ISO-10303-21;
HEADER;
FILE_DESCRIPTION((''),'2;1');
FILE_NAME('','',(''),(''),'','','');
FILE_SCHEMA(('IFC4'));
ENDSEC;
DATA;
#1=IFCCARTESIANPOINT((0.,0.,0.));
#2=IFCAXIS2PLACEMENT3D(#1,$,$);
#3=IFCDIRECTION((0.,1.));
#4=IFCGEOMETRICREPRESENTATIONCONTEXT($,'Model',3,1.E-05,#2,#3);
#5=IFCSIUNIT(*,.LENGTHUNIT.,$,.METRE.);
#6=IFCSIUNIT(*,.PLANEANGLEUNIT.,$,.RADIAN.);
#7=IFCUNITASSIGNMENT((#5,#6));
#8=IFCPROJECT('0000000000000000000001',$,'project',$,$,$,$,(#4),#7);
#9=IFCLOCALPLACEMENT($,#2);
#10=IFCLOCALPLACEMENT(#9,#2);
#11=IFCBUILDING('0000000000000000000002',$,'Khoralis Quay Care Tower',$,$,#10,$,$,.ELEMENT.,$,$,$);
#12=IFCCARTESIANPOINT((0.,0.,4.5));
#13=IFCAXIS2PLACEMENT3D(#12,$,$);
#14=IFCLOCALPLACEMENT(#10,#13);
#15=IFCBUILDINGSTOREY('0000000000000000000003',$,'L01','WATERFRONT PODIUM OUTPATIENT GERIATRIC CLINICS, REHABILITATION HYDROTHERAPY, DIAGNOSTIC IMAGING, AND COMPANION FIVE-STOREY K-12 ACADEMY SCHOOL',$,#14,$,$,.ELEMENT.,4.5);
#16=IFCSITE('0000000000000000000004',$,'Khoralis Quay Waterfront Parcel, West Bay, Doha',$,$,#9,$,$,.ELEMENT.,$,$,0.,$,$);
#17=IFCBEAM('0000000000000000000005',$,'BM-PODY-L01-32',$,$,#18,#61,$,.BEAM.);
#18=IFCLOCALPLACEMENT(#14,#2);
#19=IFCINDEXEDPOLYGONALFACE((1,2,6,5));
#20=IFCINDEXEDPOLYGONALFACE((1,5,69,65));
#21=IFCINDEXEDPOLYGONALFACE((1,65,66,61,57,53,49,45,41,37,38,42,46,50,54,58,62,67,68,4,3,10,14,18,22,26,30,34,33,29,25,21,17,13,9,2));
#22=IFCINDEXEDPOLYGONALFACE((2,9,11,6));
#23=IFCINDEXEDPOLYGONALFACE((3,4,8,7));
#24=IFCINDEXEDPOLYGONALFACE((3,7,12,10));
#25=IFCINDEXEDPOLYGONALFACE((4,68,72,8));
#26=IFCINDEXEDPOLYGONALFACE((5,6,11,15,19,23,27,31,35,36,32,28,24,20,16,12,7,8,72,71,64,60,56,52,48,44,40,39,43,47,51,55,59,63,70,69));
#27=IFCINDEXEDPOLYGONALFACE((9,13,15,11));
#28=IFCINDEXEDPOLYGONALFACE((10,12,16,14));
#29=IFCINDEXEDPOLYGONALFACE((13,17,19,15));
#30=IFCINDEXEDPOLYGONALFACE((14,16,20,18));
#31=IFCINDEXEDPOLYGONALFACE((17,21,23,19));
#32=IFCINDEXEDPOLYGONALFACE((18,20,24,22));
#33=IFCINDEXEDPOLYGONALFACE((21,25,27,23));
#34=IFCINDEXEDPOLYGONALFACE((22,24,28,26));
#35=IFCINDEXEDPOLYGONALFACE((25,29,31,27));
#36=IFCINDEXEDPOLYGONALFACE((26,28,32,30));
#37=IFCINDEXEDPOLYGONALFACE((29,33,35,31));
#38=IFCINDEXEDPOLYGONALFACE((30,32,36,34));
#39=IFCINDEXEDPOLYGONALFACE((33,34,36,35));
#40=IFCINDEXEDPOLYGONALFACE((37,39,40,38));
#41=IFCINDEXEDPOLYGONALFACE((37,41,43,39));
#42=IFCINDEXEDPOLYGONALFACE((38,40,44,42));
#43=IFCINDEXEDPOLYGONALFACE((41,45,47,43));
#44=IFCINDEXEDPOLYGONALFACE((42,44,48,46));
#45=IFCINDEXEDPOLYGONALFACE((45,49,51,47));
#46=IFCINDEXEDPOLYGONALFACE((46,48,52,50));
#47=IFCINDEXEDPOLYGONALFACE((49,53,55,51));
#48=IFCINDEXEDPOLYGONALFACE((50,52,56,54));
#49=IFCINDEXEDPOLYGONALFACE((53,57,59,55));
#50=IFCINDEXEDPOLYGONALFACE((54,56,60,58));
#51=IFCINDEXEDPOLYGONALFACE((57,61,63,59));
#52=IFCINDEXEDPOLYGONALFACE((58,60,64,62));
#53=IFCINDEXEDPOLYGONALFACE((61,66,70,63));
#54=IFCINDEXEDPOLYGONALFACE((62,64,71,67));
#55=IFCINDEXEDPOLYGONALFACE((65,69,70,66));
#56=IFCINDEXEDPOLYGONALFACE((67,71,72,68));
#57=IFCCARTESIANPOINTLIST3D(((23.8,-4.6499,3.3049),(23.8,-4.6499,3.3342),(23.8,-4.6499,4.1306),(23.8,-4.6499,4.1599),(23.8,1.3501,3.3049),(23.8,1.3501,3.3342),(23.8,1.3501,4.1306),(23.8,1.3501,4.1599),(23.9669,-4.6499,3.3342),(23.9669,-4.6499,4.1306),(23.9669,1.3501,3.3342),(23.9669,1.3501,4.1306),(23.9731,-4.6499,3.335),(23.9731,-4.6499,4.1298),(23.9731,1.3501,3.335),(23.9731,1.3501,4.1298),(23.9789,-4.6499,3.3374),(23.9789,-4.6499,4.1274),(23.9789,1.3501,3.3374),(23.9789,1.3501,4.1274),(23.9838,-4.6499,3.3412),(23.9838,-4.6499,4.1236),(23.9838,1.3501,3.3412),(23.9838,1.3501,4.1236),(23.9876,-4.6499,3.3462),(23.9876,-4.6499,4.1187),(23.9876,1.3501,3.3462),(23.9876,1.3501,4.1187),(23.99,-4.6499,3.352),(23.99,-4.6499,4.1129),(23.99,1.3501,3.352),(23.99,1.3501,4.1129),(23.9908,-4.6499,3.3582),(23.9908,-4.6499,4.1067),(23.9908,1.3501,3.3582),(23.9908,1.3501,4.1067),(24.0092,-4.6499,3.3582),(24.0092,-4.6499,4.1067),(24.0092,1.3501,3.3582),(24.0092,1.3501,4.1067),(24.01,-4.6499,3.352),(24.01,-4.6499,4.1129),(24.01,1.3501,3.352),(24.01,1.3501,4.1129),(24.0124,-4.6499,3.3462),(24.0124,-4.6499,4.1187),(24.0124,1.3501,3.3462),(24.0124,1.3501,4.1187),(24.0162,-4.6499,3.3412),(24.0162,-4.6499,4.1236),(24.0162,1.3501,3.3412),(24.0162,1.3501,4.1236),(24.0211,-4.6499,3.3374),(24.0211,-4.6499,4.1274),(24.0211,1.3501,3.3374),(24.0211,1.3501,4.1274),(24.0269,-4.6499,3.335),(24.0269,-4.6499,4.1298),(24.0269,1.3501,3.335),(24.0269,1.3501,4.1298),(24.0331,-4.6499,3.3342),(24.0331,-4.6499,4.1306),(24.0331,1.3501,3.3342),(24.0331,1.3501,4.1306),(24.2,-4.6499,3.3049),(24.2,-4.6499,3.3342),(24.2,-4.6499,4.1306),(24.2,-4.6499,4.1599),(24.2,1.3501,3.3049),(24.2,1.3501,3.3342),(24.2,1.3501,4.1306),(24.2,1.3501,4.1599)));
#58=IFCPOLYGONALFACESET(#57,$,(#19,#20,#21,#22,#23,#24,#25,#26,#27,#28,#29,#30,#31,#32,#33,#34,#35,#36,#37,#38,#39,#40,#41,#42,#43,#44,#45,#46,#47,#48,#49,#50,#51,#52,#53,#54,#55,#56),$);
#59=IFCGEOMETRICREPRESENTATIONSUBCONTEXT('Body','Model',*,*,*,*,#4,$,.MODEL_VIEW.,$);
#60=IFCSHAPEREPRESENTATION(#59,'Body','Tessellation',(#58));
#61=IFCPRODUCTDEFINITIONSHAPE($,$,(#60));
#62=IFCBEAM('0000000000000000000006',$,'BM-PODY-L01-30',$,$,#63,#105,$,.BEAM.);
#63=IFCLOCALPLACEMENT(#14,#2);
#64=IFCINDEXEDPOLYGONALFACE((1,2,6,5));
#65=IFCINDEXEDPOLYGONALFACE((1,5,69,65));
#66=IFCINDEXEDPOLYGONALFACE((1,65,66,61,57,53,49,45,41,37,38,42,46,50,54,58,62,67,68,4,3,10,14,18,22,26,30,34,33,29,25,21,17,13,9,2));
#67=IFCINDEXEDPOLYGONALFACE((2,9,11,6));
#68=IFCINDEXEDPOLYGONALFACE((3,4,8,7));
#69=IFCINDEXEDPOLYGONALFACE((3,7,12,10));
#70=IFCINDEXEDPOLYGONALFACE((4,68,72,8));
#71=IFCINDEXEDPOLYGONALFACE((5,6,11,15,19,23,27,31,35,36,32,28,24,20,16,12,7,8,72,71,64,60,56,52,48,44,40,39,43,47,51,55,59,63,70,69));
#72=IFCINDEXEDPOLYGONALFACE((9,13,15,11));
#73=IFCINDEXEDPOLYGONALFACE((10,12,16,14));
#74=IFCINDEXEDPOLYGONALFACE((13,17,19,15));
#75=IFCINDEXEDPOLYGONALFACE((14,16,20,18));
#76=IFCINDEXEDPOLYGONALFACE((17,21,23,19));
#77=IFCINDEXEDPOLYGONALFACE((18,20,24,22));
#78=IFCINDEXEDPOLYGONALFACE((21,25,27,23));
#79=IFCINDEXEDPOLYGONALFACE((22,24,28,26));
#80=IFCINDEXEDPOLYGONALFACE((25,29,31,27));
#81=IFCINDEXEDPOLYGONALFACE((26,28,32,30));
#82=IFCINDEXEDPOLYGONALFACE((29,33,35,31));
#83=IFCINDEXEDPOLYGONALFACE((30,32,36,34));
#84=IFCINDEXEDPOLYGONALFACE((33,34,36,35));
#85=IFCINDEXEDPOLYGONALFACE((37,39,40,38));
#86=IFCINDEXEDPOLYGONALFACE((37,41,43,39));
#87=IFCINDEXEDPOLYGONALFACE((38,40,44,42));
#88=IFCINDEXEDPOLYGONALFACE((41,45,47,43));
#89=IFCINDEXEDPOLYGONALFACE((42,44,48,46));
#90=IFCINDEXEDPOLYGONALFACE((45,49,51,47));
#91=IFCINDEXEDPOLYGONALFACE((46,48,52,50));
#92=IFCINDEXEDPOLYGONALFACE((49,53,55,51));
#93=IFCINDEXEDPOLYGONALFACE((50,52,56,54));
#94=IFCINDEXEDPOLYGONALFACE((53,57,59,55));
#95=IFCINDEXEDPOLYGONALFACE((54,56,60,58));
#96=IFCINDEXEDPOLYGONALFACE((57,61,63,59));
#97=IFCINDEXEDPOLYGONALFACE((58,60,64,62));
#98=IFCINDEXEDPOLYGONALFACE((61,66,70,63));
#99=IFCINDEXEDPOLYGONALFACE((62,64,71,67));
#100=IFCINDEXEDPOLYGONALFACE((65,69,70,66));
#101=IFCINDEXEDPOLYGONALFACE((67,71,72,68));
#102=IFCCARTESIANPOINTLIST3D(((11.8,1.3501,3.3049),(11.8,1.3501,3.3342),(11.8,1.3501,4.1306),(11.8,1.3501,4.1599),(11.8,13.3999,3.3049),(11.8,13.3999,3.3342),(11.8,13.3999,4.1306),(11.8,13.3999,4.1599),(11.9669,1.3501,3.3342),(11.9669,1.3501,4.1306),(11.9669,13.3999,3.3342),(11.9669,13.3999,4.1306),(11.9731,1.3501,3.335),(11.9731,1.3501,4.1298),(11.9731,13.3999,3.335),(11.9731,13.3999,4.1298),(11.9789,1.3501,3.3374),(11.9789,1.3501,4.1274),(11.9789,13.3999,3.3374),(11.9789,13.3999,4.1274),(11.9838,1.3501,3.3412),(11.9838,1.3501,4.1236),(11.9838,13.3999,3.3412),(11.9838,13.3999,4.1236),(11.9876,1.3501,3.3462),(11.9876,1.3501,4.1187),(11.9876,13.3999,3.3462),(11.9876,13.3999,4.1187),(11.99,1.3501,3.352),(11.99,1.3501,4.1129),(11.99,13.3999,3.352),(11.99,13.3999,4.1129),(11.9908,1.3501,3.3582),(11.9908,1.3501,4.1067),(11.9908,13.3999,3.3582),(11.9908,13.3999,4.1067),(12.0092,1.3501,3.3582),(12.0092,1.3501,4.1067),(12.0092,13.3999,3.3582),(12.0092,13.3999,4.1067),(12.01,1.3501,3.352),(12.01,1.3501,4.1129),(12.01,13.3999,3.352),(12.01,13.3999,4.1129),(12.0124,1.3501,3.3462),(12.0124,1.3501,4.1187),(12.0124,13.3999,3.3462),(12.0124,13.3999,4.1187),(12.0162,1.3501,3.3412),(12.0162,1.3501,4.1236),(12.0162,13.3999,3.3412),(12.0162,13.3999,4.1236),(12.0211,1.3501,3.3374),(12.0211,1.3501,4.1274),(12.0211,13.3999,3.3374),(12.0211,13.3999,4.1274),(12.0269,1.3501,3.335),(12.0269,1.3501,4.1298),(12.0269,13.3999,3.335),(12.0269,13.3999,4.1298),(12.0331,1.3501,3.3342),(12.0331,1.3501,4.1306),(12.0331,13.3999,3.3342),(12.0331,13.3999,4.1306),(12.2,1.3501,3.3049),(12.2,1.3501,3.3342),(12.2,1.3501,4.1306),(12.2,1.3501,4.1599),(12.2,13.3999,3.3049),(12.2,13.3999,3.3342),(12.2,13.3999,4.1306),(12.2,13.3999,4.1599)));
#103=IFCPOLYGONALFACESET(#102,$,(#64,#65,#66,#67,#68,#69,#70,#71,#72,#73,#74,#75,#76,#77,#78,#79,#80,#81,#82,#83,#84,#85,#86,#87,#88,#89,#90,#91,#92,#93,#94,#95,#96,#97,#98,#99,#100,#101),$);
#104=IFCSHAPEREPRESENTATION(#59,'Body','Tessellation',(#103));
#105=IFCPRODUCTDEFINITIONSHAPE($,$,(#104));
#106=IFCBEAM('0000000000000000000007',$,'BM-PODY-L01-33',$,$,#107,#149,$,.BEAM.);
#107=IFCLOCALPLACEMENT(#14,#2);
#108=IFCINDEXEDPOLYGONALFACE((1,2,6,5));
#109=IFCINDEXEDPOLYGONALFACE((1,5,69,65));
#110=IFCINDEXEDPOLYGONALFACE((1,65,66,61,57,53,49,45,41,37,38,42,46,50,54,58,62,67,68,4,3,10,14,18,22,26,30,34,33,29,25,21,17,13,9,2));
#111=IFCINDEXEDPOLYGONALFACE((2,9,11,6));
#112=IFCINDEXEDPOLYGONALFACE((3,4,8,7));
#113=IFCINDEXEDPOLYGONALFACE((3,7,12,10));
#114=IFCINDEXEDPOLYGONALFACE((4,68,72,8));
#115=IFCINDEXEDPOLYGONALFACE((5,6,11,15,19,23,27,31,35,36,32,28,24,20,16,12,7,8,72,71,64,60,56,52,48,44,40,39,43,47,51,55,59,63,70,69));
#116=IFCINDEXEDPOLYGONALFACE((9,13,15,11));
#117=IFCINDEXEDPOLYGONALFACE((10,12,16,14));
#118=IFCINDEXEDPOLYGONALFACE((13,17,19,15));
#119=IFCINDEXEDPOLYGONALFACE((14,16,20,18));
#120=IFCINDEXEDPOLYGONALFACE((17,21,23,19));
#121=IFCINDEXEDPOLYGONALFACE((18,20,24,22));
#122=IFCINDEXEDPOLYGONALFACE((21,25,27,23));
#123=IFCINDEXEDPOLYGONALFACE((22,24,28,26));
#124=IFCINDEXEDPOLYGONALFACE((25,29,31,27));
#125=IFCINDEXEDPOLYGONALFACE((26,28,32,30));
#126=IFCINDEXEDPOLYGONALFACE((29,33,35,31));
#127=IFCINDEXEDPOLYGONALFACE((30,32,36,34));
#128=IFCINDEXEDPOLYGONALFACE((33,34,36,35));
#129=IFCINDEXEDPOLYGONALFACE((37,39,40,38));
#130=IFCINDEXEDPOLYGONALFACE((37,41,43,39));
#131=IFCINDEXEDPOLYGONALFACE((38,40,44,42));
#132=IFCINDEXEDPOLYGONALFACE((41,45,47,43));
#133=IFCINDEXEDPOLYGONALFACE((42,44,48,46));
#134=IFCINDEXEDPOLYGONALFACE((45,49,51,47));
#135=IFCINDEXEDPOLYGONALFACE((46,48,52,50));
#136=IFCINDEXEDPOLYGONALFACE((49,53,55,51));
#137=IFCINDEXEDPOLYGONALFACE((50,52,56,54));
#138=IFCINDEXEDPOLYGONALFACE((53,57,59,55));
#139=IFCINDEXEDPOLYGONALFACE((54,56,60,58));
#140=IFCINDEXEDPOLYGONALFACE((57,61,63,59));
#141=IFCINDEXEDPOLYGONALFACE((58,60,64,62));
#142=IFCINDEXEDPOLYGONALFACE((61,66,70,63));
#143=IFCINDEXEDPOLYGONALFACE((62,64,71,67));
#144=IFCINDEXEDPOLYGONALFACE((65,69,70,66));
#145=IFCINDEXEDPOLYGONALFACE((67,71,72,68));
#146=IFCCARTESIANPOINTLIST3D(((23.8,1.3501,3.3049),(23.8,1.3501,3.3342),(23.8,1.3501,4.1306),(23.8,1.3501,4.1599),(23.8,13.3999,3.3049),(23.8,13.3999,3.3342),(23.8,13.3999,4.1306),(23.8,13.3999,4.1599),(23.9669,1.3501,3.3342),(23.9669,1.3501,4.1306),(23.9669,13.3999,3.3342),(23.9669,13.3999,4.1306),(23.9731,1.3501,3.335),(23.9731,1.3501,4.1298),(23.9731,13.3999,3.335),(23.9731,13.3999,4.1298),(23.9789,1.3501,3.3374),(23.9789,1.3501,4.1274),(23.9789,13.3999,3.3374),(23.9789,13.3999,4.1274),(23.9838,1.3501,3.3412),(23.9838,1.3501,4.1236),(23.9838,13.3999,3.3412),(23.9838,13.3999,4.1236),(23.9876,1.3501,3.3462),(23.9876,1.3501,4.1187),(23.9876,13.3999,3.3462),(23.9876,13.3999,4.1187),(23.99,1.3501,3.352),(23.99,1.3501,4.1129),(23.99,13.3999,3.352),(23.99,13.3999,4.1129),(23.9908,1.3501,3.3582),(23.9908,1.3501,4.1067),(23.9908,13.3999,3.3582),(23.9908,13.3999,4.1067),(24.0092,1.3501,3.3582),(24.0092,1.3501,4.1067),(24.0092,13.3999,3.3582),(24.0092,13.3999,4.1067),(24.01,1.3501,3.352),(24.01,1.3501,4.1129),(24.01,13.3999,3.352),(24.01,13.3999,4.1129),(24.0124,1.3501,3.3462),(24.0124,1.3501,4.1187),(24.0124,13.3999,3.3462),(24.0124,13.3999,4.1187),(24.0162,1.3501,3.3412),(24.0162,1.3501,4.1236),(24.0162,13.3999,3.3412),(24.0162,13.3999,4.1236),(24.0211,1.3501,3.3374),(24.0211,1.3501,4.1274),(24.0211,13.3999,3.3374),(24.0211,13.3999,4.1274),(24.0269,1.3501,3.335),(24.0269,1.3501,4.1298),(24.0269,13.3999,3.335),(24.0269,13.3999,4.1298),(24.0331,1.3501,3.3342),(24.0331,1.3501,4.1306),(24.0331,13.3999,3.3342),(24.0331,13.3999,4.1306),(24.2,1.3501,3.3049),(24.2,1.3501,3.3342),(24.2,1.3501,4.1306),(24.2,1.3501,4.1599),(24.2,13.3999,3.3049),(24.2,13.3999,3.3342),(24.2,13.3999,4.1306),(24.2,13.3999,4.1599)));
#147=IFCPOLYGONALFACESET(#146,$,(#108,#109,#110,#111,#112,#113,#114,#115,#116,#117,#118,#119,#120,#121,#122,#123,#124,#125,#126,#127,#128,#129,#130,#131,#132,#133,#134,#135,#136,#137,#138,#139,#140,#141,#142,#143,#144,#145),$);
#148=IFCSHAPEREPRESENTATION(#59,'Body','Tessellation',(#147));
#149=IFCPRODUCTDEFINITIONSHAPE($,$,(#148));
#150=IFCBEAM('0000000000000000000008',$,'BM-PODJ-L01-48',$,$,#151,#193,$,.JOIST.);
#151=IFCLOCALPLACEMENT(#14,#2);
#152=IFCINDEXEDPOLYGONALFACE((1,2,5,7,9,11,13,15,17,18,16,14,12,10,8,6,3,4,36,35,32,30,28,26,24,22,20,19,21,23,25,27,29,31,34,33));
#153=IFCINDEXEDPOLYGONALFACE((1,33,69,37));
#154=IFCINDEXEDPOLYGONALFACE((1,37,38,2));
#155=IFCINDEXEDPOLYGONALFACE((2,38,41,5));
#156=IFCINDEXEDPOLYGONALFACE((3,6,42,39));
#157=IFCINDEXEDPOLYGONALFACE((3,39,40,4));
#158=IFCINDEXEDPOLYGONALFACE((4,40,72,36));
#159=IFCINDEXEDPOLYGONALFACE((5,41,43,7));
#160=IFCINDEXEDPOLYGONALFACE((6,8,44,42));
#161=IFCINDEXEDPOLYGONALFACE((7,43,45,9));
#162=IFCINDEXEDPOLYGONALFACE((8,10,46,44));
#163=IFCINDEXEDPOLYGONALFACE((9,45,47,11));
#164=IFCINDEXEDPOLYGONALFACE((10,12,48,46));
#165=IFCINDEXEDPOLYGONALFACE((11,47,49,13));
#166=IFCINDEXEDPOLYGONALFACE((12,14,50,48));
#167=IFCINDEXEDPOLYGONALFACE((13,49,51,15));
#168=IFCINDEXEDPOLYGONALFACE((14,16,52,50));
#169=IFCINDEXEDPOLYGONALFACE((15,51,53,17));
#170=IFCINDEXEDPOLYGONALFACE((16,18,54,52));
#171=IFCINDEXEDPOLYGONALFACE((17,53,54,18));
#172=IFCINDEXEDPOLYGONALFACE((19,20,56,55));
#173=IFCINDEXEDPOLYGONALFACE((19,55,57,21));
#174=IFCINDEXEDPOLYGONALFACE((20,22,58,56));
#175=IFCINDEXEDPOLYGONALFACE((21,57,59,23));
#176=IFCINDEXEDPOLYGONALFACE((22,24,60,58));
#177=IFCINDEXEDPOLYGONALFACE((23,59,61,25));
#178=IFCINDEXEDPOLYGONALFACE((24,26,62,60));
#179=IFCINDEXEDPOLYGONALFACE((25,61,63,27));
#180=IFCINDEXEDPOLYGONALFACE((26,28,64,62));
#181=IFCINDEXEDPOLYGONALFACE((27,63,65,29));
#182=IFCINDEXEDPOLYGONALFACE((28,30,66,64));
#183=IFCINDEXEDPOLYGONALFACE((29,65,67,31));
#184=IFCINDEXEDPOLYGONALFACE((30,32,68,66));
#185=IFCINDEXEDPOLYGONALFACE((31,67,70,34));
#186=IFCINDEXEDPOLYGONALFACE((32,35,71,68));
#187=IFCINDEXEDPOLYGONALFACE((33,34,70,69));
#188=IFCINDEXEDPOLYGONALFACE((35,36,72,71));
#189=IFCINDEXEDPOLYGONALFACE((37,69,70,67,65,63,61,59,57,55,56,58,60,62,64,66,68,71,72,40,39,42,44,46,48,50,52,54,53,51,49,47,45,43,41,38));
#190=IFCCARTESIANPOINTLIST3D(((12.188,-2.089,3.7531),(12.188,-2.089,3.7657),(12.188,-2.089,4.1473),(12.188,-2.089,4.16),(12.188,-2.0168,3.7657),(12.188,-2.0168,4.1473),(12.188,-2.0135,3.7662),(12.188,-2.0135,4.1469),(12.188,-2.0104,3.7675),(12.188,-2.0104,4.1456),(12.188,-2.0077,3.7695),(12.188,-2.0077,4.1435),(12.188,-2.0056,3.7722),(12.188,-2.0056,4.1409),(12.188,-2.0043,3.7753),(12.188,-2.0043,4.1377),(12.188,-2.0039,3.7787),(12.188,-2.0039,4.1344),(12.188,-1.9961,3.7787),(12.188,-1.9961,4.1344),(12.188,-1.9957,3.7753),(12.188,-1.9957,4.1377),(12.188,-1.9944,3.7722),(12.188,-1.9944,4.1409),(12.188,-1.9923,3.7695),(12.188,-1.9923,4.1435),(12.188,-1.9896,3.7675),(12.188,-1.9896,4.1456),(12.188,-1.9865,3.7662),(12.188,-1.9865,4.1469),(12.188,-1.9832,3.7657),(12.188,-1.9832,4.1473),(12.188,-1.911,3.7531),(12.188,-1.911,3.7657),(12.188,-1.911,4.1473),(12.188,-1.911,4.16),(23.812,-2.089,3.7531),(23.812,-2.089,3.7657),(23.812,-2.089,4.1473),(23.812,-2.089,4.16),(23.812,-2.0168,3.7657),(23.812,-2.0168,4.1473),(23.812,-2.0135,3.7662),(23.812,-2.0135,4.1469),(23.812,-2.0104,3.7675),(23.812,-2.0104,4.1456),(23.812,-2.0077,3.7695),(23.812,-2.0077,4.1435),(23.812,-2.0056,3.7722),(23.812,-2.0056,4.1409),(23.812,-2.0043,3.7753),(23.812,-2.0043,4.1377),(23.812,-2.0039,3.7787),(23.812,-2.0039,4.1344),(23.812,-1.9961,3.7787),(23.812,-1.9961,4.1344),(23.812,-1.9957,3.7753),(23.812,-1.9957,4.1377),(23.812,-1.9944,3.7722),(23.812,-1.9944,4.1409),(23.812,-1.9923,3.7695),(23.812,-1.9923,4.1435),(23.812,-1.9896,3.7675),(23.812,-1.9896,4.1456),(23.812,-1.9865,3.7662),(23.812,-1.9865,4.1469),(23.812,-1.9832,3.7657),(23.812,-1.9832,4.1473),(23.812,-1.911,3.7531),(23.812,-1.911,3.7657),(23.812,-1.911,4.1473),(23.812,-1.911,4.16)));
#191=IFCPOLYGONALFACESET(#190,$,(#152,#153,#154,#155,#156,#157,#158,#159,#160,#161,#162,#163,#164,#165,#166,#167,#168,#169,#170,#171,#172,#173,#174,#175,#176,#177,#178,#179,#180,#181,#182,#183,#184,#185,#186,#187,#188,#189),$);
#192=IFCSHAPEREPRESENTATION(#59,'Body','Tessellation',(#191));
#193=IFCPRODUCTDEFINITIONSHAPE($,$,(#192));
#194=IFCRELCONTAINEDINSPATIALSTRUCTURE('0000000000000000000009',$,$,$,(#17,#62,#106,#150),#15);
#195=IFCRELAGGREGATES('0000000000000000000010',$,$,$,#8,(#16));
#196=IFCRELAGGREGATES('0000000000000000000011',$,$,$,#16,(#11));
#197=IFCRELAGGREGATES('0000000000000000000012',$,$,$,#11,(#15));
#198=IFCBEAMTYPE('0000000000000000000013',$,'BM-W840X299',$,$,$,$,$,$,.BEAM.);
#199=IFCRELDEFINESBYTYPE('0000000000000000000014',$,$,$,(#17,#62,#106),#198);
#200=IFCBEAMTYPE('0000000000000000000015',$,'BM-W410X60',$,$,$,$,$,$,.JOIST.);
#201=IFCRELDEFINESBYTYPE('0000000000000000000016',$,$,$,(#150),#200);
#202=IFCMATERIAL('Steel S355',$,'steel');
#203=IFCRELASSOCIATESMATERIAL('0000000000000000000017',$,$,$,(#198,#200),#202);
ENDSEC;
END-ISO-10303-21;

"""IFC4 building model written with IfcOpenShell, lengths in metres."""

from ifc_helpers import new_model, si_unit, direction, frame, origin, origin_2d, place, context, subcontext, project, spatial, i_section, extrude, source, transform, mapped, material, material_profile, profile_set, type_object, element, save


model = new_model("IFC4")

# Units and contexts
model_context = context("Model", 3, precision=1e-05, world=origin(), true_north=direction((0.0, 1.0)))
body_context = subcontext(model_context, "Body", "Model", "MODEL_VIEW")
ifc_project = project(units=[si_unit("LENGTHUNIT", "METRE"), si_unit("PLANEANGLEUNIT", "RADIAN")], contexts=[model_context])

# Site, building, storey
site_placement = place(None, origin())
site = spatial("IfcSite", under=ifc_project, at=site_placement, Name="Khoralis Quay Waterfront Parcel, West Bay, Doha", CompositionType="ELEMENT", RefElevation=0.0)
building_placement = place(site_placement, origin())
building = spatial("IfcBuilding", under=site, at=building_placement, Name="Khoralis Quay Care Tower", CompositionType="ELEMENT")
storey_placement = place(building_placement, frame((0.0, 0.0, 4.5)))
storey = spatial("IfcBuildingStorey", under=building, at=storey_placement, Name="L01", Description="WATERFRONT PODIUM OUTPATIENT GERIATRIC CLINICS, REHABILITATION HYDROTHERAPY, DIAGNOSTIC IMAGING, AND COMPANION FIVE-STOREY K-12 ACADEMY SCHOOL", CompositionType="ELEMENT", Elevation=4.5)

# Beams
ifc_material_1 = material(Name="Steel S355", Category="steel")
ifc_material_profile_1 = material_profile(ifc_material_1, i_section(OverallWidth=0.3999, OverallDepth=0.855, WebThickness=0.0183, FlangeThickness=0.0293, FilletRadius=0.0239, at=origin_2d()), Name="Steel S355")
ifc_profile_set_1 = profile_set([ifc_material_profile_1], Name="Steel S355")
beam_type_1 = type_object("IfcBeamType", Name="BM-W840X299", PredefinedType="BEAM", material=ifc_profile_set_1)
shared_shape_1 = source(origin(), body_context, "Body", "SweptSolid", [
    extrude(i_section(OverallWidth=0.3999, OverallDepth=0.855, WebThickness=0.0183, FlangeThickness=0.0293, FilletRadius=0.0239, at=origin_2d()), origin(), (0.0, 0.0, 1.0), 6.0),
])
for number, where, z_axis, x_axis, name in (
    (1, (24.0, -4.6499, 3.7324), (0.0, 1.0, 0.0), (-1.0, 0.0, 0.0), "BM-PODY-L01-32"),
):
    element("IfcBeam", number, at=place(storey_placement, frame(where, z_axis=z_axis, x_axis=x_axis)), inside=storey, type_object=beam_type_1, Name=name, PredefinedType="BEAM", context=body_context, shape_type="MappedRepresentation", body=[
        mapped(shared_shape_1, transform((0.0, 0.0, 0.0), scale=1.0)),
    ])
shared_shape_2 = source(origin(), body_context, "Body", "SweptSolid", [
    extrude(i_section(OverallWidth=0.3999, OverallDepth=0.855, WebThickness=0.0183, FlangeThickness=0.0293, FilletRadius=0.0239, at=origin_2d()), origin(), (0.0, 0.0, 1.0), 12.0498),
])
for number, where, z_axis, x_axis, name in (
    (2, (12.0, 1.3501, 3.7324), (0.0, 1.0, 0.0), (-1.0, 0.0, 0.0), "BM-PODY-L01-30"),
    (3, (24.0, 1.3501, 3.7324), (0.0, 1.0, 0.0), (-1.0, 0.0, 0.0), "BM-PODY-L01-33"),
):
    element("IfcBeam", number, at=place(storey_placement, frame(where, z_axis=z_axis, x_axis=x_axis)), inside=storey, type_object=beam_type_1, Name=name, PredefinedType="BEAM", context=body_context, shape_type="MappedRepresentation", body=[
        mapped(shared_shape_2, transform((0.0, 0.0, 0.0), scale=1.0)),
    ])
ifc_material_profile_2 = material_profile(ifc_material_1, i_section(OverallWidth=0.178, OverallDepth=0.407, WebThickness=0.0078, FlangeThickness=0.0127, FilletRadius=0.0129, at=origin_2d()), Name="Steel S355")
ifc_profile_set_2 = profile_set([ifc_material_profile_2], Name="Steel S355")
beam_type_2 = type_object("IfcBeamType", Name="BM-W410X60", PredefinedType="JOIST", material=ifc_profile_set_2)
shared_shape_3 = source(origin(), body_context, "Body", "SweptSolid", [
    extrude(i_section(OverallWidth=0.178, OverallDepth=0.407, WebThickness=0.0078, FlangeThickness=0.0127, FilletRadius=0.0129, at=origin_2d()), origin(), (0.0, 0.0, 1.0), 11.624),
])
for number, where, z_axis, x_axis, name in (
    (4, (12.188, -2.0, 3.9565), (1.0, 0.0, 0.0), (0.0, 1.0, 0.0), "BM-PODJ-L01-48"),
):
    element("IfcBeam", number, at=place(storey_placement, frame(where, z_axis=z_axis, x_axis=x_axis)), inside=storey, type_object=beam_type_2, Name=name, PredefinedType="JOIST", context=body_context, shape_type="MappedRepresentation", body=[
        mapped(shared_shape_3, transform((0.0, 0.0, 0.0), scale=1.0)),
    ])

save(model, "model.ifc")
